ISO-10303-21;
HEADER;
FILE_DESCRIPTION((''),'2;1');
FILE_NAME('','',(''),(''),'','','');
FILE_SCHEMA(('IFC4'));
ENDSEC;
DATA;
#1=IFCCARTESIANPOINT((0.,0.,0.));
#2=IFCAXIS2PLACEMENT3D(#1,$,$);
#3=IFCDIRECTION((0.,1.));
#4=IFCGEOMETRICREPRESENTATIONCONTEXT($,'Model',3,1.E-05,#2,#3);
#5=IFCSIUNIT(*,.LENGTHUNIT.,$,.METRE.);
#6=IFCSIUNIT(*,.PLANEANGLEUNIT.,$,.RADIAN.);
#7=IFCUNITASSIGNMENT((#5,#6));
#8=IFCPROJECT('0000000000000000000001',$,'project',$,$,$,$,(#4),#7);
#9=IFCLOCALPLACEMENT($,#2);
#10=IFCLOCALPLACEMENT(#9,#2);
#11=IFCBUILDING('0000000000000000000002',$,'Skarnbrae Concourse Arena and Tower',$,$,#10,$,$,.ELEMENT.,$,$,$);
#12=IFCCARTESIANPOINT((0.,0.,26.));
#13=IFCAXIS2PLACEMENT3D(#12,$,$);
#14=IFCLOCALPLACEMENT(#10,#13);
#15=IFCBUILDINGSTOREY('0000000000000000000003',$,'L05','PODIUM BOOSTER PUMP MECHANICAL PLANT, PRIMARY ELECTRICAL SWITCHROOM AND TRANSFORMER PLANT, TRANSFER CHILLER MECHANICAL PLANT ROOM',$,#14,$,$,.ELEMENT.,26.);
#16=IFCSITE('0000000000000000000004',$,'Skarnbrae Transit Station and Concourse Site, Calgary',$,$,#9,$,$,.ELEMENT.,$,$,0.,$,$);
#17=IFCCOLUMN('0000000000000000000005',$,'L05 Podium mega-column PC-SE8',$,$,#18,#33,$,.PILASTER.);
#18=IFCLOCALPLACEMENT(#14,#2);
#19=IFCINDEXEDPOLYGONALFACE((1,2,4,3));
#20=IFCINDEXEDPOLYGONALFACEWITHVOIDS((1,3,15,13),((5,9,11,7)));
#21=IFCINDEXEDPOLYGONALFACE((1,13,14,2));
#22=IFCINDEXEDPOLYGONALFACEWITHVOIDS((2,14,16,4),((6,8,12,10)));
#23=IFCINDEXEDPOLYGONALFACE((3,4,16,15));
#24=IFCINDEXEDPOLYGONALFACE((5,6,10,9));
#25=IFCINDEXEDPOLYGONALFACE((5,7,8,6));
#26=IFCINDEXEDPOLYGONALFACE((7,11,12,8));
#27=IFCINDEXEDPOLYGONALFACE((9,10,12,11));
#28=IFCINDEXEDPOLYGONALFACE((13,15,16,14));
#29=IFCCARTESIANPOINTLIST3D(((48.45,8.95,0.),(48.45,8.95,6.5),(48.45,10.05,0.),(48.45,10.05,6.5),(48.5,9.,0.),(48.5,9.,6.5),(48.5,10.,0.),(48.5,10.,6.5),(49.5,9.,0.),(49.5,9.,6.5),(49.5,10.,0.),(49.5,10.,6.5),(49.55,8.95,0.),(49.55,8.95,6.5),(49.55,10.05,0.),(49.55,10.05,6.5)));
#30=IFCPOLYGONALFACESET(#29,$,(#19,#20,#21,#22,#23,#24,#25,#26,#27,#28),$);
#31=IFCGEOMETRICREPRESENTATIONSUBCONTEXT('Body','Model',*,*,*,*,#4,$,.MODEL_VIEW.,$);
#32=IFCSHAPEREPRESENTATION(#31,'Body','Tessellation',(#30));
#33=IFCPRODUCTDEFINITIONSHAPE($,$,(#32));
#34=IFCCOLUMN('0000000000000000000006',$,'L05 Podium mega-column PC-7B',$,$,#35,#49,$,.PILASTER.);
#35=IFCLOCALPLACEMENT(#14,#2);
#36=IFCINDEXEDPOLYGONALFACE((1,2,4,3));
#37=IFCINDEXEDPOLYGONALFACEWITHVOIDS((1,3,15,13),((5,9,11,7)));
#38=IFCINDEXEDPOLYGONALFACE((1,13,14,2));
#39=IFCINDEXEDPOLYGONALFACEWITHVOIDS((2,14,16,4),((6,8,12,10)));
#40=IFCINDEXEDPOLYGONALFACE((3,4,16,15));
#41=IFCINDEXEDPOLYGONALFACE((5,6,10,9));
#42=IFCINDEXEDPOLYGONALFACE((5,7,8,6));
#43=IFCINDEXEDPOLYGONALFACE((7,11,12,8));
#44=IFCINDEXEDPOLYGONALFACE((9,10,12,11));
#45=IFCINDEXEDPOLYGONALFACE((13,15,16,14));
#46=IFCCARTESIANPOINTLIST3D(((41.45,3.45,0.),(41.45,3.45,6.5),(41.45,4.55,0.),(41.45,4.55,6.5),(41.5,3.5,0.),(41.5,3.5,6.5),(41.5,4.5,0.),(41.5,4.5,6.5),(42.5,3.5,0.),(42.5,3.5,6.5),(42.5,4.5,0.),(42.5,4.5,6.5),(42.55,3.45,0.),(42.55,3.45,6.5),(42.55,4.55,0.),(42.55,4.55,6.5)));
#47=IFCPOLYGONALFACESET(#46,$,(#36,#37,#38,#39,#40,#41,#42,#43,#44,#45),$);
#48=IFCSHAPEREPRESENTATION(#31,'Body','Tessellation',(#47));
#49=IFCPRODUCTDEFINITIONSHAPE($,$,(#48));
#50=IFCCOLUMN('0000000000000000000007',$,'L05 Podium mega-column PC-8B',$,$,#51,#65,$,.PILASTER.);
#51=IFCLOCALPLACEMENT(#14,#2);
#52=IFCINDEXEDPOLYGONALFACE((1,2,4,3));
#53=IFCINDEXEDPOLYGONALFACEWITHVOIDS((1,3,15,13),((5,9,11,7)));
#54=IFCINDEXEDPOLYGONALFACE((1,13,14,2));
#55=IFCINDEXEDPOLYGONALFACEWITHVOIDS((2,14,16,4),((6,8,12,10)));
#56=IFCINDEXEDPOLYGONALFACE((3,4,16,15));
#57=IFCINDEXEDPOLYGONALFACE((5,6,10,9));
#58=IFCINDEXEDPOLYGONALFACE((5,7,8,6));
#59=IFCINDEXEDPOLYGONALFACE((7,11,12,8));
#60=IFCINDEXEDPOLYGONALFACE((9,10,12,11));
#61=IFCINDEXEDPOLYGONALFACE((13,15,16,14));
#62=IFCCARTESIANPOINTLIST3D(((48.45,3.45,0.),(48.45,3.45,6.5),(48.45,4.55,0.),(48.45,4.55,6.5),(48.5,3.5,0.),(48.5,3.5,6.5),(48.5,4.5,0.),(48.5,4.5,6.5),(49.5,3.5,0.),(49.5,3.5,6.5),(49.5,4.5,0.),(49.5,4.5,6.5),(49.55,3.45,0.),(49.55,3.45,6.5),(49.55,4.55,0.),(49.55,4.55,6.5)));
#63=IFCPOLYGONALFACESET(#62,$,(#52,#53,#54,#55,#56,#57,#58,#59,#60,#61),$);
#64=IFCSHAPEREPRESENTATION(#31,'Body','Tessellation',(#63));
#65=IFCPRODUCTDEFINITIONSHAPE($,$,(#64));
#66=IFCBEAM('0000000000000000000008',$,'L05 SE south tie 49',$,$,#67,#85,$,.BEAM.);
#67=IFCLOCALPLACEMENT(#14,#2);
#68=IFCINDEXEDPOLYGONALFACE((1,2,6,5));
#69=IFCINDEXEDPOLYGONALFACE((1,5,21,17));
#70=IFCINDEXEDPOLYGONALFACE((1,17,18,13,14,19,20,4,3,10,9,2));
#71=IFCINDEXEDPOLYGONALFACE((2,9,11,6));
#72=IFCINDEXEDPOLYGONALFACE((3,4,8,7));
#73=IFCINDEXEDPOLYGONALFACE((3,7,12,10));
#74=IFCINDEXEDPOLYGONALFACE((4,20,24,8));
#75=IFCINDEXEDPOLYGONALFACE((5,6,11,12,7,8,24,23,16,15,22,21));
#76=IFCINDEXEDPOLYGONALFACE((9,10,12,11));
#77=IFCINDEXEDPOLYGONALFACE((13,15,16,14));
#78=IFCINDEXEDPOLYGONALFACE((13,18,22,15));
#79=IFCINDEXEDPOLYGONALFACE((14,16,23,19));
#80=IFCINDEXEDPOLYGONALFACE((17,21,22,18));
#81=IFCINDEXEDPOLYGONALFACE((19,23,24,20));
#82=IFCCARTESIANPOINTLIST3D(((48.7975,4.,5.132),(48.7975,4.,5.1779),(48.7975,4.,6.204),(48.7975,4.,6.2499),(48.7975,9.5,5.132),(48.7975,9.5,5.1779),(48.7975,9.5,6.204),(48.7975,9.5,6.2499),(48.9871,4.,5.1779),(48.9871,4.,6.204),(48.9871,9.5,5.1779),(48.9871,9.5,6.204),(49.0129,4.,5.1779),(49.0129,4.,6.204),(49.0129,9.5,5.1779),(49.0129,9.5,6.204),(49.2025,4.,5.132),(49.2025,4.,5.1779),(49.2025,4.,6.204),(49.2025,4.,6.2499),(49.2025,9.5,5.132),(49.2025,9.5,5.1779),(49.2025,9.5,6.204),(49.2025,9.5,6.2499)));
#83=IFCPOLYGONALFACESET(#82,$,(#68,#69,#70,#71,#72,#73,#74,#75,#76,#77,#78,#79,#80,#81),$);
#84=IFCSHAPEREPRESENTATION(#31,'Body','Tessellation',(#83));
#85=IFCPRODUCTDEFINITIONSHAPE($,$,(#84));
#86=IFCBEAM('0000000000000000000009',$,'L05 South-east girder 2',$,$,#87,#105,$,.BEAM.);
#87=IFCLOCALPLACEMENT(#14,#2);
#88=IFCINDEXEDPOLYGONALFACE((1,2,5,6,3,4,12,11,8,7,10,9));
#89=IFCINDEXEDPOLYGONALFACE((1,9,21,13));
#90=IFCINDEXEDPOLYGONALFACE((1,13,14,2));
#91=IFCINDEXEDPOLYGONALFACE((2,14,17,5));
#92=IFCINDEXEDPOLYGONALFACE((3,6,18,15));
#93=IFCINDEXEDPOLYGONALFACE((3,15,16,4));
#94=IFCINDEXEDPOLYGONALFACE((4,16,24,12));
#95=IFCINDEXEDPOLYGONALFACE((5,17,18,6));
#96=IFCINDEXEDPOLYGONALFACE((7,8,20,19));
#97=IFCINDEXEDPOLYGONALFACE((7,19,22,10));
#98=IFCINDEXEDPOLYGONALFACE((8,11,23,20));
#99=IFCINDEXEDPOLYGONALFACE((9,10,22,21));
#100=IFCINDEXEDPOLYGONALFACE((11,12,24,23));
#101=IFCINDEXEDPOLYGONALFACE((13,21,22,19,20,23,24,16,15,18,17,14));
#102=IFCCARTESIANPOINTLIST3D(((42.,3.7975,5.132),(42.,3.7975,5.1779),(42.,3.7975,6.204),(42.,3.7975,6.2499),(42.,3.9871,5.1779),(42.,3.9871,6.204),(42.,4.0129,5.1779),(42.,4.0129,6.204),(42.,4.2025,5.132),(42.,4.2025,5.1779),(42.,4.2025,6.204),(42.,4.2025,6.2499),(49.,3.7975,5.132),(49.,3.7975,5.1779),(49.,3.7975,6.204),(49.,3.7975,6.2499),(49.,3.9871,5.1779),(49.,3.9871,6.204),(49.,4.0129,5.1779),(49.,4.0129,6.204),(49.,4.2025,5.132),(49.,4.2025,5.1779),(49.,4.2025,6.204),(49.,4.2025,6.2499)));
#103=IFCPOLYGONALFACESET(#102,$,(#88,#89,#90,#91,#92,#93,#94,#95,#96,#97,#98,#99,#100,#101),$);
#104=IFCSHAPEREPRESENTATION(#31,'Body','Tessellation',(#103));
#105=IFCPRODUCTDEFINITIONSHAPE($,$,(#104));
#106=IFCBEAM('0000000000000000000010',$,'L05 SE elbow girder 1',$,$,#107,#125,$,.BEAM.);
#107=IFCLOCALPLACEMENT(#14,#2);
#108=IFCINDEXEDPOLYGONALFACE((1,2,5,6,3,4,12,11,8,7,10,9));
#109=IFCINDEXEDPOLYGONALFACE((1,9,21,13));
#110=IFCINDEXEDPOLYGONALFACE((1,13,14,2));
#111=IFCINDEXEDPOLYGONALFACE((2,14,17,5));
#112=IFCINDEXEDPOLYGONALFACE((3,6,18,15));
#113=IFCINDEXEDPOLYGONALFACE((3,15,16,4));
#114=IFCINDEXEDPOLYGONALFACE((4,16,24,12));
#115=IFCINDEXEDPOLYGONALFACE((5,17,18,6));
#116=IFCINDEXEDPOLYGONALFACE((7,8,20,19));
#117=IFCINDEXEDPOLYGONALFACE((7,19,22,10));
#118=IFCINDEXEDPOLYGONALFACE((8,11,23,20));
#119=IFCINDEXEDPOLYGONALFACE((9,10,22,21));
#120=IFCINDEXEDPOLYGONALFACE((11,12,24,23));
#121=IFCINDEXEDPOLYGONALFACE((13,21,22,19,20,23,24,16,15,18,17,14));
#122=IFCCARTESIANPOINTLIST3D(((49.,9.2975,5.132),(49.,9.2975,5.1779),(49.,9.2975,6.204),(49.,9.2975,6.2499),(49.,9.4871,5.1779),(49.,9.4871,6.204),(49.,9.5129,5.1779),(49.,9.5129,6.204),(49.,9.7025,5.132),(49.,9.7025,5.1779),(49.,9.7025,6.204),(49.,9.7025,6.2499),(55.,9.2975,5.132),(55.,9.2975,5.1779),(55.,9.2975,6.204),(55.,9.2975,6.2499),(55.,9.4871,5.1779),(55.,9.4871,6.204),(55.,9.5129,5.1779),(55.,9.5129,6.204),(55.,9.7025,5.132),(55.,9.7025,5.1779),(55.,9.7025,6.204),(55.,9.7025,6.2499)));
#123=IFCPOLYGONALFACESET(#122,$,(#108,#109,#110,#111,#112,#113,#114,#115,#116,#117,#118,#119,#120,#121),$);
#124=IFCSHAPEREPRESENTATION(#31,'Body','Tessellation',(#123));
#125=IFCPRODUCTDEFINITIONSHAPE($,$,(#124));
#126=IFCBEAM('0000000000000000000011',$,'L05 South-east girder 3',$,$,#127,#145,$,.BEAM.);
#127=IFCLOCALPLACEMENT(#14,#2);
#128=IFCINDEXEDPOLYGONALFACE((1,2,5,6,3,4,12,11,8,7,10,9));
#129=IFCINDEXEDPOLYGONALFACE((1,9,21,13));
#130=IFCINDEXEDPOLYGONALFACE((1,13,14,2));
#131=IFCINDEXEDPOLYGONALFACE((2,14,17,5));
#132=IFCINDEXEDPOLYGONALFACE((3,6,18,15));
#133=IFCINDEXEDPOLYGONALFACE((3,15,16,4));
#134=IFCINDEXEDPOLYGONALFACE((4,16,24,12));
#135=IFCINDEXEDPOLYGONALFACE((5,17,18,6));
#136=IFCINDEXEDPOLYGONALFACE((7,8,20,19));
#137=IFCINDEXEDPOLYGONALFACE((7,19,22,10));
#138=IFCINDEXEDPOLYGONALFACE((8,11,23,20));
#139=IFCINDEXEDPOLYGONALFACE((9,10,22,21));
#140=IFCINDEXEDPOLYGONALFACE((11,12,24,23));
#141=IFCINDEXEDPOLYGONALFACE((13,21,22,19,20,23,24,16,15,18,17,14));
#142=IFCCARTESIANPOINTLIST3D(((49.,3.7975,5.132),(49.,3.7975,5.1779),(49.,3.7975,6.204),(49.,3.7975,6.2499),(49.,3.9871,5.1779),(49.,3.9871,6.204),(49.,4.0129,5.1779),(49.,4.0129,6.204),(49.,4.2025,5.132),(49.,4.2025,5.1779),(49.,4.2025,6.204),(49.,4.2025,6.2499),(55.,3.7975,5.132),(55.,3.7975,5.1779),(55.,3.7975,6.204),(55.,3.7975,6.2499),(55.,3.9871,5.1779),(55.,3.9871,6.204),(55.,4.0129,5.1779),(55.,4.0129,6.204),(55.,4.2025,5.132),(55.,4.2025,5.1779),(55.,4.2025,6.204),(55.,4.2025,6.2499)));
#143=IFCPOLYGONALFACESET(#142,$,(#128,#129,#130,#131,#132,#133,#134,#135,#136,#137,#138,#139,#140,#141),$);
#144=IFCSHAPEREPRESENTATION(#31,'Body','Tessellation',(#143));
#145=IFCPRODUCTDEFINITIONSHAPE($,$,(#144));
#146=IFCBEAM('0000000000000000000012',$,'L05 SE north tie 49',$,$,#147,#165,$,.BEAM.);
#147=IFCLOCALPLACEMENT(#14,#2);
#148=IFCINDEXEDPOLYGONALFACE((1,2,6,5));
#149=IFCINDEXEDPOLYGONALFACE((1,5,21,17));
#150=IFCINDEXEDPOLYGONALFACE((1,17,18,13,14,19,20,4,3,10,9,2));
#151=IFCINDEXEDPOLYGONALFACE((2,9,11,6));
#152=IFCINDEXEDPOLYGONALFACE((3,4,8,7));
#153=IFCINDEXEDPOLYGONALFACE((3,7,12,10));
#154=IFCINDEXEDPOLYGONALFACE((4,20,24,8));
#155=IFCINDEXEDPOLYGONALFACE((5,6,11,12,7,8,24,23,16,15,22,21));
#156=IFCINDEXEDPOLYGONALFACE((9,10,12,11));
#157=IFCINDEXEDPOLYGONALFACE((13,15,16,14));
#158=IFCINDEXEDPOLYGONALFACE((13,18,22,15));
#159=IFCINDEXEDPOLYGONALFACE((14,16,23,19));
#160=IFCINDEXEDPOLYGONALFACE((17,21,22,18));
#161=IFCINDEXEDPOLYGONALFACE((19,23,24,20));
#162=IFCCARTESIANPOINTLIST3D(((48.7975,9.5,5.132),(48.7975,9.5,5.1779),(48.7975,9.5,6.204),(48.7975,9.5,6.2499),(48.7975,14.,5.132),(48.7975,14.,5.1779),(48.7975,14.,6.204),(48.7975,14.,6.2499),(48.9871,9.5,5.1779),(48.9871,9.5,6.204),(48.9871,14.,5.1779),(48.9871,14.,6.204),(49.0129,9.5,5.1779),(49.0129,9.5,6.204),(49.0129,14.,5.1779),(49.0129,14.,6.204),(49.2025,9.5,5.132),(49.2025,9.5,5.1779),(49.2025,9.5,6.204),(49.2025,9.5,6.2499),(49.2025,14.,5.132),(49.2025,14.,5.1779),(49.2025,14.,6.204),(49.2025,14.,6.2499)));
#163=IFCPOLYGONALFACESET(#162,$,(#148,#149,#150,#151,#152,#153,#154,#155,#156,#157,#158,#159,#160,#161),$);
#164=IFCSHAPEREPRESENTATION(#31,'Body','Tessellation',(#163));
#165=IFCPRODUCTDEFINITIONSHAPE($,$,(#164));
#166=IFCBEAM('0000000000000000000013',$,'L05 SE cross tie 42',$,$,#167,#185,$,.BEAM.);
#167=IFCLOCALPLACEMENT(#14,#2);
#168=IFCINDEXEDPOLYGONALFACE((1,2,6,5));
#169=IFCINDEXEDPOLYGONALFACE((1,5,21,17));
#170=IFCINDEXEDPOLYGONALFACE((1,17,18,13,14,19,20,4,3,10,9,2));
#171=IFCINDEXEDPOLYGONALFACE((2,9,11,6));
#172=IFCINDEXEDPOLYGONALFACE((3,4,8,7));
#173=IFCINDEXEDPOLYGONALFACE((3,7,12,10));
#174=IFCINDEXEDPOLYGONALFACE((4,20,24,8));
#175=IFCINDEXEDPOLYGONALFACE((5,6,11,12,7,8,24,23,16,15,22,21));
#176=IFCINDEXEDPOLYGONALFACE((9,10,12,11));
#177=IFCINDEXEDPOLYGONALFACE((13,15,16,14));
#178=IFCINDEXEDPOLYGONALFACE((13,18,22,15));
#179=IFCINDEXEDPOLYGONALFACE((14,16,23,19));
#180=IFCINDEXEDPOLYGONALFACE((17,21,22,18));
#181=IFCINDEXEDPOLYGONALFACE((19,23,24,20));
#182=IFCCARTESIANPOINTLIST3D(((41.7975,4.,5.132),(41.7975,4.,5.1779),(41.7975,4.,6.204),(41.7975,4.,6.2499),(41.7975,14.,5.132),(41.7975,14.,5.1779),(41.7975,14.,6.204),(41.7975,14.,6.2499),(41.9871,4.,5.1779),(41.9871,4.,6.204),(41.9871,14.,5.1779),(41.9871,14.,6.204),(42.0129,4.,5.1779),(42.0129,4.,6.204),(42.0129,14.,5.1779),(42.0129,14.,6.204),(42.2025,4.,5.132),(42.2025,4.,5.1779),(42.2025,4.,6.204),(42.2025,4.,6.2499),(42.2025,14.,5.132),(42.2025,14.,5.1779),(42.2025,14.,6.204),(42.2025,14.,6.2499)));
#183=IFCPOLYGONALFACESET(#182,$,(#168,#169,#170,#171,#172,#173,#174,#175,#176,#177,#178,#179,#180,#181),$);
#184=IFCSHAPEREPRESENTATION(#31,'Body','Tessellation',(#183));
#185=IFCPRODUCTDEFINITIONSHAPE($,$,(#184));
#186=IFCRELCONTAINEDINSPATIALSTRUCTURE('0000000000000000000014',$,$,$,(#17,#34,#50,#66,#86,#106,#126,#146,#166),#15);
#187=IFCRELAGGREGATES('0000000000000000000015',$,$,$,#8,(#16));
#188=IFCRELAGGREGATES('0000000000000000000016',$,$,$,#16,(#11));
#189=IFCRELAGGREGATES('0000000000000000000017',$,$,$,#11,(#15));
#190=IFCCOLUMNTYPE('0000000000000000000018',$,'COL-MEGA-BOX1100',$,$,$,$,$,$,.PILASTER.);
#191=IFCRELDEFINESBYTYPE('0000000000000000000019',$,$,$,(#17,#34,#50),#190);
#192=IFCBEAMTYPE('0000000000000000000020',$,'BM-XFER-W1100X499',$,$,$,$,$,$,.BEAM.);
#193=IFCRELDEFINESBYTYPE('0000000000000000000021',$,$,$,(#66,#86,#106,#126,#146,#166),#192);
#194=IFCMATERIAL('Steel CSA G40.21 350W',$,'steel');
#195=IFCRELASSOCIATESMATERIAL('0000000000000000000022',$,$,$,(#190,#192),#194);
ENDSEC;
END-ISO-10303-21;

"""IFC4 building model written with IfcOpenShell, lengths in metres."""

from ifc_helpers import new_model, si_unit, direction, frame, origin, origin_2d, place, context, subcontext, project, spatial, hollow_rectangle, i_section, extrude, source, transform, mapped, material, material_profile, profile_set, type_object, element, save


model = new_model("IFC4")

# Units and contexts
model_context = context("Model", 3, precision=1e-05, world=origin(), true_north=direction((0.0, 1.0)))
body_context = subcontext(model_context, "Body", "Model", "MODEL_VIEW")
ifc_project = project(units=[si_unit("LENGTHUNIT", "METRE"), si_unit("PLANEANGLEUNIT", "RADIAN")], contexts=[model_context])

# Site, building, storey
site_placement = place(None, origin())
site = spatial("IfcSite", under=ifc_project, at=site_placement, Name="Skarnbrae Transit Station and Concourse Site, Calgary", CompositionType="ELEMENT", RefElevation=0.0)
building_placement = place(site_placement, origin())
building = spatial("IfcBuilding", under=site, at=building_placement, Name="Skarnbrae Concourse Arena and Tower", CompositionType="ELEMENT")
storey_placement = place(building_placement, frame((0.0, 0.0, 26.0)))
storey = spatial("IfcBuildingStorey", under=building, at=storey_placement, Name="L05", Description="PODIUM BOOSTER PUMP MECHANICAL PLANT, PRIMARY ELECTRICAL SWITCHROOM AND TRANSFORMER PLANT, TRANSFER CHILLER MECHANICAL PLANT ROOM", CompositionType="ELEMENT", Elevation=26.0)

# Columns
ifc_material_1 = material(Name="Steel CSA G40.21 350W", Category="steel")
ifc_material_profile_1 = material_profile(ifc_material_1, hollow_rectangle(XDim=1.1001, YDim=1.1001, WallThickness=0.05, at=origin_2d()), Name="BOX1100X1100X50")
ifc_profile_set_1 = profile_set([ifc_material_profile_1], Name="Steel CSA G40.21 350W")
column_type = type_object("IfcColumnType", Name="COL-MEGA-BOX1100", PredefinedType="PILASTER", material=ifc_profile_set_1)
shared_shape_1 = source(origin(), body_context, "Body", "SweptSolid", [
    extrude(hollow_rectangle(XDim=1.1001, YDim=1.1001, WallThickness=0.05, at=origin_2d()), origin(), (0.0, 0.0, 1.0), 6.5),
])
for number, where, z_axis, x_axis, name in (
    (1, (49.0, 9.5, 0.0), (0.0, 0.0, 1.0), (1.0, 0.0, 0.0), "L05 Podium mega-column PC-SE8"),
    (2, (42.0, 4.0, 0.0), (0.0, 0.0, 1.0), (1.0, 0.0, 0.0), "L05 Podium mega-column PC-7B"),
    (3, (49.0, 4.0, 0.0), (0.0, 0.0, 1.0), (1.0, 0.0, 0.0), "L05 Podium mega-column PC-8B"),
):
    element("IfcColumn", number, at=place(storey_placement, frame(where, z_axis=z_axis, x_axis=x_axis)), inside=storey, type_object=column_type, Name=name, PredefinedType="PILASTER", context=body_context, shape_type="MappedRepresentation", body=[
        mapped(shared_shape_1, transform((0.0, 0.0, 0.0))),
    ])

# Beams
ifc_material_profile_2 = material_profile(ifc_material_1, i_section(OverallWidth=0.405, OverallDepth=1.1179, WebThickness=0.0259, FlangeThickness=0.0459, at=origin_2d()), Name="W1100X499")
ifc_profile_set_2 = profile_set([ifc_material_profile_2], Name="Steel CSA G40.21 350W")
beam_type = type_object("IfcBeamType", Name="BM-XFER-W1100X499", PredefinedType="BEAM", material=ifc_profile_set_2)
shared_shape_2 = source(origin(), body_context, "Body", "SweptSolid", [
    extrude(i_section(OverallWidth=0.405, OverallDepth=1.1179, WebThickness=0.0259, FlangeThickness=0.0459, at=origin_2d()), origin(), (0.0, 0.0, 1.0), 5.5),
])
beam_1_placement = place(storey_placement, frame((49.0, 4.0, 5.6909), z_axis=(0.0, 1.0, 0.0), x_axis=(-1.0, 0.0, 0.0)))
element("IfcBeam", 4, at=beam_1_placement, inside=storey, type_object=beam_type, Name="L05 SE south tie 49", PredefinedType="BEAM", context=body_context, shape_type="MappedRepresentation", body=[
    mapped(shared_shape_2, transform((0.0, 0.0, 0.0))),
])
shared_shape_3 = source(origin(), body_context, "Body", "SweptSolid", [
    extrude(i_section(OverallWidth=0.405, OverallDepth=1.1179, WebThickness=0.0259, FlangeThickness=0.0459, at=origin_2d()), origin(), (0.0, 0.0, 1.0), 7.0),
])
beam_2_placement = place(storey_placement, frame((42.0, 4.0, 5.6909), z_axis=(1.0, 0.0, 0.0), x_axis=(0.0, 1.0, 0.0)))
element("IfcBeam", 5, at=beam_2_placement, inside=storey, type_object=beam_type, Name="L05 South-east girder 2", PredefinedType="BEAM", context=body_context, shape_type="MappedRepresentation", body=[
    mapped(shared_shape_3, transform((0.0, 0.0, 0.0))),
])
shared_shape_4 = source(origin(), body_context, "Body", "SweptSolid", [
    extrude(i_section(OverallWidth=0.405, OverallDepth=1.1179, WebThickness=0.0259, FlangeThickness=0.0459, at=origin_2d()), origin(), (0.0, 0.0, 1.0), 6.0),
])
for number, where, z_axis, x_axis, name in (
    (6, (49.0, 9.5, 5.6909), (1.0, 0.0, 0.0), (0.0, 1.0, 0.0), "L05 SE elbow girder 1"),
    (7, (49.0, 4.0, 5.6909), (1.0, 0.0, 0.0), (0.0, 1.0, 0.0), "L05 South-east girder 3"),
):
    element("IfcBeam", number, at=place(storey_placement, frame(where, z_axis=z_axis, x_axis=x_axis)), inside=storey, type_object=beam_type, Name=name, PredefinedType="BEAM", context=body_context, shape_type="MappedRepresentation", body=[
        mapped(shared_shape_4, transform((0.0, 0.0, 0.0))),
    ])
shared_shape_5 = source(origin(), body_context, "Body", "SweptSolid", [
    extrude(i_section(OverallWidth=0.405, OverallDepth=1.1179, WebThickness=0.0259, FlangeThickness=0.0459, at=origin_2d()), origin(), (0.0, 0.0, 1.0), 4.5),
])
beam_3_placement = place(storey_placement, frame((49.0, 9.5, 5.6909), z_axis=(0.0, 1.0, 0.0), x_axis=(-1.0, 0.0, 0.0)))
element("IfcBeam", 8, at=beam_3_placement, inside=storey, type_object=beam_type, Name="L05 SE north tie 49", PredefinedType="BEAM", context=body_context, shape_type="MappedRepresentation", body=[
    mapped(shared_shape_5, transform((0.0, 0.0, 0.0))),
])
shared_shape_6 = source(origin(), body_context, "Body", "SweptSolid", [
    extrude(i_section(OverallWidth=0.405, OverallDepth=1.1179, WebThickness=0.0259, FlangeThickness=0.0459, at=origin_2d()), origin(), (0.0, 0.0, 1.0), 10.0),
])
beam_4_placement = place(storey_placement, frame((42.0, 4.0, 5.6909), z_axis=(0.0, 1.0, 0.0), x_axis=(-1.0, 0.0, 0.0)))
element("IfcBeam", 9, at=beam_4_placement, inside=storey, type_object=beam_type, Name="L05 SE cross tie 42", PredefinedType="BEAM", context=body_context, shape_type="MappedRepresentation", body=[
    mapped(shared_shape_6, transform((0.0, 0.0, 0.0))),
])

save(model, "model.ifc")
